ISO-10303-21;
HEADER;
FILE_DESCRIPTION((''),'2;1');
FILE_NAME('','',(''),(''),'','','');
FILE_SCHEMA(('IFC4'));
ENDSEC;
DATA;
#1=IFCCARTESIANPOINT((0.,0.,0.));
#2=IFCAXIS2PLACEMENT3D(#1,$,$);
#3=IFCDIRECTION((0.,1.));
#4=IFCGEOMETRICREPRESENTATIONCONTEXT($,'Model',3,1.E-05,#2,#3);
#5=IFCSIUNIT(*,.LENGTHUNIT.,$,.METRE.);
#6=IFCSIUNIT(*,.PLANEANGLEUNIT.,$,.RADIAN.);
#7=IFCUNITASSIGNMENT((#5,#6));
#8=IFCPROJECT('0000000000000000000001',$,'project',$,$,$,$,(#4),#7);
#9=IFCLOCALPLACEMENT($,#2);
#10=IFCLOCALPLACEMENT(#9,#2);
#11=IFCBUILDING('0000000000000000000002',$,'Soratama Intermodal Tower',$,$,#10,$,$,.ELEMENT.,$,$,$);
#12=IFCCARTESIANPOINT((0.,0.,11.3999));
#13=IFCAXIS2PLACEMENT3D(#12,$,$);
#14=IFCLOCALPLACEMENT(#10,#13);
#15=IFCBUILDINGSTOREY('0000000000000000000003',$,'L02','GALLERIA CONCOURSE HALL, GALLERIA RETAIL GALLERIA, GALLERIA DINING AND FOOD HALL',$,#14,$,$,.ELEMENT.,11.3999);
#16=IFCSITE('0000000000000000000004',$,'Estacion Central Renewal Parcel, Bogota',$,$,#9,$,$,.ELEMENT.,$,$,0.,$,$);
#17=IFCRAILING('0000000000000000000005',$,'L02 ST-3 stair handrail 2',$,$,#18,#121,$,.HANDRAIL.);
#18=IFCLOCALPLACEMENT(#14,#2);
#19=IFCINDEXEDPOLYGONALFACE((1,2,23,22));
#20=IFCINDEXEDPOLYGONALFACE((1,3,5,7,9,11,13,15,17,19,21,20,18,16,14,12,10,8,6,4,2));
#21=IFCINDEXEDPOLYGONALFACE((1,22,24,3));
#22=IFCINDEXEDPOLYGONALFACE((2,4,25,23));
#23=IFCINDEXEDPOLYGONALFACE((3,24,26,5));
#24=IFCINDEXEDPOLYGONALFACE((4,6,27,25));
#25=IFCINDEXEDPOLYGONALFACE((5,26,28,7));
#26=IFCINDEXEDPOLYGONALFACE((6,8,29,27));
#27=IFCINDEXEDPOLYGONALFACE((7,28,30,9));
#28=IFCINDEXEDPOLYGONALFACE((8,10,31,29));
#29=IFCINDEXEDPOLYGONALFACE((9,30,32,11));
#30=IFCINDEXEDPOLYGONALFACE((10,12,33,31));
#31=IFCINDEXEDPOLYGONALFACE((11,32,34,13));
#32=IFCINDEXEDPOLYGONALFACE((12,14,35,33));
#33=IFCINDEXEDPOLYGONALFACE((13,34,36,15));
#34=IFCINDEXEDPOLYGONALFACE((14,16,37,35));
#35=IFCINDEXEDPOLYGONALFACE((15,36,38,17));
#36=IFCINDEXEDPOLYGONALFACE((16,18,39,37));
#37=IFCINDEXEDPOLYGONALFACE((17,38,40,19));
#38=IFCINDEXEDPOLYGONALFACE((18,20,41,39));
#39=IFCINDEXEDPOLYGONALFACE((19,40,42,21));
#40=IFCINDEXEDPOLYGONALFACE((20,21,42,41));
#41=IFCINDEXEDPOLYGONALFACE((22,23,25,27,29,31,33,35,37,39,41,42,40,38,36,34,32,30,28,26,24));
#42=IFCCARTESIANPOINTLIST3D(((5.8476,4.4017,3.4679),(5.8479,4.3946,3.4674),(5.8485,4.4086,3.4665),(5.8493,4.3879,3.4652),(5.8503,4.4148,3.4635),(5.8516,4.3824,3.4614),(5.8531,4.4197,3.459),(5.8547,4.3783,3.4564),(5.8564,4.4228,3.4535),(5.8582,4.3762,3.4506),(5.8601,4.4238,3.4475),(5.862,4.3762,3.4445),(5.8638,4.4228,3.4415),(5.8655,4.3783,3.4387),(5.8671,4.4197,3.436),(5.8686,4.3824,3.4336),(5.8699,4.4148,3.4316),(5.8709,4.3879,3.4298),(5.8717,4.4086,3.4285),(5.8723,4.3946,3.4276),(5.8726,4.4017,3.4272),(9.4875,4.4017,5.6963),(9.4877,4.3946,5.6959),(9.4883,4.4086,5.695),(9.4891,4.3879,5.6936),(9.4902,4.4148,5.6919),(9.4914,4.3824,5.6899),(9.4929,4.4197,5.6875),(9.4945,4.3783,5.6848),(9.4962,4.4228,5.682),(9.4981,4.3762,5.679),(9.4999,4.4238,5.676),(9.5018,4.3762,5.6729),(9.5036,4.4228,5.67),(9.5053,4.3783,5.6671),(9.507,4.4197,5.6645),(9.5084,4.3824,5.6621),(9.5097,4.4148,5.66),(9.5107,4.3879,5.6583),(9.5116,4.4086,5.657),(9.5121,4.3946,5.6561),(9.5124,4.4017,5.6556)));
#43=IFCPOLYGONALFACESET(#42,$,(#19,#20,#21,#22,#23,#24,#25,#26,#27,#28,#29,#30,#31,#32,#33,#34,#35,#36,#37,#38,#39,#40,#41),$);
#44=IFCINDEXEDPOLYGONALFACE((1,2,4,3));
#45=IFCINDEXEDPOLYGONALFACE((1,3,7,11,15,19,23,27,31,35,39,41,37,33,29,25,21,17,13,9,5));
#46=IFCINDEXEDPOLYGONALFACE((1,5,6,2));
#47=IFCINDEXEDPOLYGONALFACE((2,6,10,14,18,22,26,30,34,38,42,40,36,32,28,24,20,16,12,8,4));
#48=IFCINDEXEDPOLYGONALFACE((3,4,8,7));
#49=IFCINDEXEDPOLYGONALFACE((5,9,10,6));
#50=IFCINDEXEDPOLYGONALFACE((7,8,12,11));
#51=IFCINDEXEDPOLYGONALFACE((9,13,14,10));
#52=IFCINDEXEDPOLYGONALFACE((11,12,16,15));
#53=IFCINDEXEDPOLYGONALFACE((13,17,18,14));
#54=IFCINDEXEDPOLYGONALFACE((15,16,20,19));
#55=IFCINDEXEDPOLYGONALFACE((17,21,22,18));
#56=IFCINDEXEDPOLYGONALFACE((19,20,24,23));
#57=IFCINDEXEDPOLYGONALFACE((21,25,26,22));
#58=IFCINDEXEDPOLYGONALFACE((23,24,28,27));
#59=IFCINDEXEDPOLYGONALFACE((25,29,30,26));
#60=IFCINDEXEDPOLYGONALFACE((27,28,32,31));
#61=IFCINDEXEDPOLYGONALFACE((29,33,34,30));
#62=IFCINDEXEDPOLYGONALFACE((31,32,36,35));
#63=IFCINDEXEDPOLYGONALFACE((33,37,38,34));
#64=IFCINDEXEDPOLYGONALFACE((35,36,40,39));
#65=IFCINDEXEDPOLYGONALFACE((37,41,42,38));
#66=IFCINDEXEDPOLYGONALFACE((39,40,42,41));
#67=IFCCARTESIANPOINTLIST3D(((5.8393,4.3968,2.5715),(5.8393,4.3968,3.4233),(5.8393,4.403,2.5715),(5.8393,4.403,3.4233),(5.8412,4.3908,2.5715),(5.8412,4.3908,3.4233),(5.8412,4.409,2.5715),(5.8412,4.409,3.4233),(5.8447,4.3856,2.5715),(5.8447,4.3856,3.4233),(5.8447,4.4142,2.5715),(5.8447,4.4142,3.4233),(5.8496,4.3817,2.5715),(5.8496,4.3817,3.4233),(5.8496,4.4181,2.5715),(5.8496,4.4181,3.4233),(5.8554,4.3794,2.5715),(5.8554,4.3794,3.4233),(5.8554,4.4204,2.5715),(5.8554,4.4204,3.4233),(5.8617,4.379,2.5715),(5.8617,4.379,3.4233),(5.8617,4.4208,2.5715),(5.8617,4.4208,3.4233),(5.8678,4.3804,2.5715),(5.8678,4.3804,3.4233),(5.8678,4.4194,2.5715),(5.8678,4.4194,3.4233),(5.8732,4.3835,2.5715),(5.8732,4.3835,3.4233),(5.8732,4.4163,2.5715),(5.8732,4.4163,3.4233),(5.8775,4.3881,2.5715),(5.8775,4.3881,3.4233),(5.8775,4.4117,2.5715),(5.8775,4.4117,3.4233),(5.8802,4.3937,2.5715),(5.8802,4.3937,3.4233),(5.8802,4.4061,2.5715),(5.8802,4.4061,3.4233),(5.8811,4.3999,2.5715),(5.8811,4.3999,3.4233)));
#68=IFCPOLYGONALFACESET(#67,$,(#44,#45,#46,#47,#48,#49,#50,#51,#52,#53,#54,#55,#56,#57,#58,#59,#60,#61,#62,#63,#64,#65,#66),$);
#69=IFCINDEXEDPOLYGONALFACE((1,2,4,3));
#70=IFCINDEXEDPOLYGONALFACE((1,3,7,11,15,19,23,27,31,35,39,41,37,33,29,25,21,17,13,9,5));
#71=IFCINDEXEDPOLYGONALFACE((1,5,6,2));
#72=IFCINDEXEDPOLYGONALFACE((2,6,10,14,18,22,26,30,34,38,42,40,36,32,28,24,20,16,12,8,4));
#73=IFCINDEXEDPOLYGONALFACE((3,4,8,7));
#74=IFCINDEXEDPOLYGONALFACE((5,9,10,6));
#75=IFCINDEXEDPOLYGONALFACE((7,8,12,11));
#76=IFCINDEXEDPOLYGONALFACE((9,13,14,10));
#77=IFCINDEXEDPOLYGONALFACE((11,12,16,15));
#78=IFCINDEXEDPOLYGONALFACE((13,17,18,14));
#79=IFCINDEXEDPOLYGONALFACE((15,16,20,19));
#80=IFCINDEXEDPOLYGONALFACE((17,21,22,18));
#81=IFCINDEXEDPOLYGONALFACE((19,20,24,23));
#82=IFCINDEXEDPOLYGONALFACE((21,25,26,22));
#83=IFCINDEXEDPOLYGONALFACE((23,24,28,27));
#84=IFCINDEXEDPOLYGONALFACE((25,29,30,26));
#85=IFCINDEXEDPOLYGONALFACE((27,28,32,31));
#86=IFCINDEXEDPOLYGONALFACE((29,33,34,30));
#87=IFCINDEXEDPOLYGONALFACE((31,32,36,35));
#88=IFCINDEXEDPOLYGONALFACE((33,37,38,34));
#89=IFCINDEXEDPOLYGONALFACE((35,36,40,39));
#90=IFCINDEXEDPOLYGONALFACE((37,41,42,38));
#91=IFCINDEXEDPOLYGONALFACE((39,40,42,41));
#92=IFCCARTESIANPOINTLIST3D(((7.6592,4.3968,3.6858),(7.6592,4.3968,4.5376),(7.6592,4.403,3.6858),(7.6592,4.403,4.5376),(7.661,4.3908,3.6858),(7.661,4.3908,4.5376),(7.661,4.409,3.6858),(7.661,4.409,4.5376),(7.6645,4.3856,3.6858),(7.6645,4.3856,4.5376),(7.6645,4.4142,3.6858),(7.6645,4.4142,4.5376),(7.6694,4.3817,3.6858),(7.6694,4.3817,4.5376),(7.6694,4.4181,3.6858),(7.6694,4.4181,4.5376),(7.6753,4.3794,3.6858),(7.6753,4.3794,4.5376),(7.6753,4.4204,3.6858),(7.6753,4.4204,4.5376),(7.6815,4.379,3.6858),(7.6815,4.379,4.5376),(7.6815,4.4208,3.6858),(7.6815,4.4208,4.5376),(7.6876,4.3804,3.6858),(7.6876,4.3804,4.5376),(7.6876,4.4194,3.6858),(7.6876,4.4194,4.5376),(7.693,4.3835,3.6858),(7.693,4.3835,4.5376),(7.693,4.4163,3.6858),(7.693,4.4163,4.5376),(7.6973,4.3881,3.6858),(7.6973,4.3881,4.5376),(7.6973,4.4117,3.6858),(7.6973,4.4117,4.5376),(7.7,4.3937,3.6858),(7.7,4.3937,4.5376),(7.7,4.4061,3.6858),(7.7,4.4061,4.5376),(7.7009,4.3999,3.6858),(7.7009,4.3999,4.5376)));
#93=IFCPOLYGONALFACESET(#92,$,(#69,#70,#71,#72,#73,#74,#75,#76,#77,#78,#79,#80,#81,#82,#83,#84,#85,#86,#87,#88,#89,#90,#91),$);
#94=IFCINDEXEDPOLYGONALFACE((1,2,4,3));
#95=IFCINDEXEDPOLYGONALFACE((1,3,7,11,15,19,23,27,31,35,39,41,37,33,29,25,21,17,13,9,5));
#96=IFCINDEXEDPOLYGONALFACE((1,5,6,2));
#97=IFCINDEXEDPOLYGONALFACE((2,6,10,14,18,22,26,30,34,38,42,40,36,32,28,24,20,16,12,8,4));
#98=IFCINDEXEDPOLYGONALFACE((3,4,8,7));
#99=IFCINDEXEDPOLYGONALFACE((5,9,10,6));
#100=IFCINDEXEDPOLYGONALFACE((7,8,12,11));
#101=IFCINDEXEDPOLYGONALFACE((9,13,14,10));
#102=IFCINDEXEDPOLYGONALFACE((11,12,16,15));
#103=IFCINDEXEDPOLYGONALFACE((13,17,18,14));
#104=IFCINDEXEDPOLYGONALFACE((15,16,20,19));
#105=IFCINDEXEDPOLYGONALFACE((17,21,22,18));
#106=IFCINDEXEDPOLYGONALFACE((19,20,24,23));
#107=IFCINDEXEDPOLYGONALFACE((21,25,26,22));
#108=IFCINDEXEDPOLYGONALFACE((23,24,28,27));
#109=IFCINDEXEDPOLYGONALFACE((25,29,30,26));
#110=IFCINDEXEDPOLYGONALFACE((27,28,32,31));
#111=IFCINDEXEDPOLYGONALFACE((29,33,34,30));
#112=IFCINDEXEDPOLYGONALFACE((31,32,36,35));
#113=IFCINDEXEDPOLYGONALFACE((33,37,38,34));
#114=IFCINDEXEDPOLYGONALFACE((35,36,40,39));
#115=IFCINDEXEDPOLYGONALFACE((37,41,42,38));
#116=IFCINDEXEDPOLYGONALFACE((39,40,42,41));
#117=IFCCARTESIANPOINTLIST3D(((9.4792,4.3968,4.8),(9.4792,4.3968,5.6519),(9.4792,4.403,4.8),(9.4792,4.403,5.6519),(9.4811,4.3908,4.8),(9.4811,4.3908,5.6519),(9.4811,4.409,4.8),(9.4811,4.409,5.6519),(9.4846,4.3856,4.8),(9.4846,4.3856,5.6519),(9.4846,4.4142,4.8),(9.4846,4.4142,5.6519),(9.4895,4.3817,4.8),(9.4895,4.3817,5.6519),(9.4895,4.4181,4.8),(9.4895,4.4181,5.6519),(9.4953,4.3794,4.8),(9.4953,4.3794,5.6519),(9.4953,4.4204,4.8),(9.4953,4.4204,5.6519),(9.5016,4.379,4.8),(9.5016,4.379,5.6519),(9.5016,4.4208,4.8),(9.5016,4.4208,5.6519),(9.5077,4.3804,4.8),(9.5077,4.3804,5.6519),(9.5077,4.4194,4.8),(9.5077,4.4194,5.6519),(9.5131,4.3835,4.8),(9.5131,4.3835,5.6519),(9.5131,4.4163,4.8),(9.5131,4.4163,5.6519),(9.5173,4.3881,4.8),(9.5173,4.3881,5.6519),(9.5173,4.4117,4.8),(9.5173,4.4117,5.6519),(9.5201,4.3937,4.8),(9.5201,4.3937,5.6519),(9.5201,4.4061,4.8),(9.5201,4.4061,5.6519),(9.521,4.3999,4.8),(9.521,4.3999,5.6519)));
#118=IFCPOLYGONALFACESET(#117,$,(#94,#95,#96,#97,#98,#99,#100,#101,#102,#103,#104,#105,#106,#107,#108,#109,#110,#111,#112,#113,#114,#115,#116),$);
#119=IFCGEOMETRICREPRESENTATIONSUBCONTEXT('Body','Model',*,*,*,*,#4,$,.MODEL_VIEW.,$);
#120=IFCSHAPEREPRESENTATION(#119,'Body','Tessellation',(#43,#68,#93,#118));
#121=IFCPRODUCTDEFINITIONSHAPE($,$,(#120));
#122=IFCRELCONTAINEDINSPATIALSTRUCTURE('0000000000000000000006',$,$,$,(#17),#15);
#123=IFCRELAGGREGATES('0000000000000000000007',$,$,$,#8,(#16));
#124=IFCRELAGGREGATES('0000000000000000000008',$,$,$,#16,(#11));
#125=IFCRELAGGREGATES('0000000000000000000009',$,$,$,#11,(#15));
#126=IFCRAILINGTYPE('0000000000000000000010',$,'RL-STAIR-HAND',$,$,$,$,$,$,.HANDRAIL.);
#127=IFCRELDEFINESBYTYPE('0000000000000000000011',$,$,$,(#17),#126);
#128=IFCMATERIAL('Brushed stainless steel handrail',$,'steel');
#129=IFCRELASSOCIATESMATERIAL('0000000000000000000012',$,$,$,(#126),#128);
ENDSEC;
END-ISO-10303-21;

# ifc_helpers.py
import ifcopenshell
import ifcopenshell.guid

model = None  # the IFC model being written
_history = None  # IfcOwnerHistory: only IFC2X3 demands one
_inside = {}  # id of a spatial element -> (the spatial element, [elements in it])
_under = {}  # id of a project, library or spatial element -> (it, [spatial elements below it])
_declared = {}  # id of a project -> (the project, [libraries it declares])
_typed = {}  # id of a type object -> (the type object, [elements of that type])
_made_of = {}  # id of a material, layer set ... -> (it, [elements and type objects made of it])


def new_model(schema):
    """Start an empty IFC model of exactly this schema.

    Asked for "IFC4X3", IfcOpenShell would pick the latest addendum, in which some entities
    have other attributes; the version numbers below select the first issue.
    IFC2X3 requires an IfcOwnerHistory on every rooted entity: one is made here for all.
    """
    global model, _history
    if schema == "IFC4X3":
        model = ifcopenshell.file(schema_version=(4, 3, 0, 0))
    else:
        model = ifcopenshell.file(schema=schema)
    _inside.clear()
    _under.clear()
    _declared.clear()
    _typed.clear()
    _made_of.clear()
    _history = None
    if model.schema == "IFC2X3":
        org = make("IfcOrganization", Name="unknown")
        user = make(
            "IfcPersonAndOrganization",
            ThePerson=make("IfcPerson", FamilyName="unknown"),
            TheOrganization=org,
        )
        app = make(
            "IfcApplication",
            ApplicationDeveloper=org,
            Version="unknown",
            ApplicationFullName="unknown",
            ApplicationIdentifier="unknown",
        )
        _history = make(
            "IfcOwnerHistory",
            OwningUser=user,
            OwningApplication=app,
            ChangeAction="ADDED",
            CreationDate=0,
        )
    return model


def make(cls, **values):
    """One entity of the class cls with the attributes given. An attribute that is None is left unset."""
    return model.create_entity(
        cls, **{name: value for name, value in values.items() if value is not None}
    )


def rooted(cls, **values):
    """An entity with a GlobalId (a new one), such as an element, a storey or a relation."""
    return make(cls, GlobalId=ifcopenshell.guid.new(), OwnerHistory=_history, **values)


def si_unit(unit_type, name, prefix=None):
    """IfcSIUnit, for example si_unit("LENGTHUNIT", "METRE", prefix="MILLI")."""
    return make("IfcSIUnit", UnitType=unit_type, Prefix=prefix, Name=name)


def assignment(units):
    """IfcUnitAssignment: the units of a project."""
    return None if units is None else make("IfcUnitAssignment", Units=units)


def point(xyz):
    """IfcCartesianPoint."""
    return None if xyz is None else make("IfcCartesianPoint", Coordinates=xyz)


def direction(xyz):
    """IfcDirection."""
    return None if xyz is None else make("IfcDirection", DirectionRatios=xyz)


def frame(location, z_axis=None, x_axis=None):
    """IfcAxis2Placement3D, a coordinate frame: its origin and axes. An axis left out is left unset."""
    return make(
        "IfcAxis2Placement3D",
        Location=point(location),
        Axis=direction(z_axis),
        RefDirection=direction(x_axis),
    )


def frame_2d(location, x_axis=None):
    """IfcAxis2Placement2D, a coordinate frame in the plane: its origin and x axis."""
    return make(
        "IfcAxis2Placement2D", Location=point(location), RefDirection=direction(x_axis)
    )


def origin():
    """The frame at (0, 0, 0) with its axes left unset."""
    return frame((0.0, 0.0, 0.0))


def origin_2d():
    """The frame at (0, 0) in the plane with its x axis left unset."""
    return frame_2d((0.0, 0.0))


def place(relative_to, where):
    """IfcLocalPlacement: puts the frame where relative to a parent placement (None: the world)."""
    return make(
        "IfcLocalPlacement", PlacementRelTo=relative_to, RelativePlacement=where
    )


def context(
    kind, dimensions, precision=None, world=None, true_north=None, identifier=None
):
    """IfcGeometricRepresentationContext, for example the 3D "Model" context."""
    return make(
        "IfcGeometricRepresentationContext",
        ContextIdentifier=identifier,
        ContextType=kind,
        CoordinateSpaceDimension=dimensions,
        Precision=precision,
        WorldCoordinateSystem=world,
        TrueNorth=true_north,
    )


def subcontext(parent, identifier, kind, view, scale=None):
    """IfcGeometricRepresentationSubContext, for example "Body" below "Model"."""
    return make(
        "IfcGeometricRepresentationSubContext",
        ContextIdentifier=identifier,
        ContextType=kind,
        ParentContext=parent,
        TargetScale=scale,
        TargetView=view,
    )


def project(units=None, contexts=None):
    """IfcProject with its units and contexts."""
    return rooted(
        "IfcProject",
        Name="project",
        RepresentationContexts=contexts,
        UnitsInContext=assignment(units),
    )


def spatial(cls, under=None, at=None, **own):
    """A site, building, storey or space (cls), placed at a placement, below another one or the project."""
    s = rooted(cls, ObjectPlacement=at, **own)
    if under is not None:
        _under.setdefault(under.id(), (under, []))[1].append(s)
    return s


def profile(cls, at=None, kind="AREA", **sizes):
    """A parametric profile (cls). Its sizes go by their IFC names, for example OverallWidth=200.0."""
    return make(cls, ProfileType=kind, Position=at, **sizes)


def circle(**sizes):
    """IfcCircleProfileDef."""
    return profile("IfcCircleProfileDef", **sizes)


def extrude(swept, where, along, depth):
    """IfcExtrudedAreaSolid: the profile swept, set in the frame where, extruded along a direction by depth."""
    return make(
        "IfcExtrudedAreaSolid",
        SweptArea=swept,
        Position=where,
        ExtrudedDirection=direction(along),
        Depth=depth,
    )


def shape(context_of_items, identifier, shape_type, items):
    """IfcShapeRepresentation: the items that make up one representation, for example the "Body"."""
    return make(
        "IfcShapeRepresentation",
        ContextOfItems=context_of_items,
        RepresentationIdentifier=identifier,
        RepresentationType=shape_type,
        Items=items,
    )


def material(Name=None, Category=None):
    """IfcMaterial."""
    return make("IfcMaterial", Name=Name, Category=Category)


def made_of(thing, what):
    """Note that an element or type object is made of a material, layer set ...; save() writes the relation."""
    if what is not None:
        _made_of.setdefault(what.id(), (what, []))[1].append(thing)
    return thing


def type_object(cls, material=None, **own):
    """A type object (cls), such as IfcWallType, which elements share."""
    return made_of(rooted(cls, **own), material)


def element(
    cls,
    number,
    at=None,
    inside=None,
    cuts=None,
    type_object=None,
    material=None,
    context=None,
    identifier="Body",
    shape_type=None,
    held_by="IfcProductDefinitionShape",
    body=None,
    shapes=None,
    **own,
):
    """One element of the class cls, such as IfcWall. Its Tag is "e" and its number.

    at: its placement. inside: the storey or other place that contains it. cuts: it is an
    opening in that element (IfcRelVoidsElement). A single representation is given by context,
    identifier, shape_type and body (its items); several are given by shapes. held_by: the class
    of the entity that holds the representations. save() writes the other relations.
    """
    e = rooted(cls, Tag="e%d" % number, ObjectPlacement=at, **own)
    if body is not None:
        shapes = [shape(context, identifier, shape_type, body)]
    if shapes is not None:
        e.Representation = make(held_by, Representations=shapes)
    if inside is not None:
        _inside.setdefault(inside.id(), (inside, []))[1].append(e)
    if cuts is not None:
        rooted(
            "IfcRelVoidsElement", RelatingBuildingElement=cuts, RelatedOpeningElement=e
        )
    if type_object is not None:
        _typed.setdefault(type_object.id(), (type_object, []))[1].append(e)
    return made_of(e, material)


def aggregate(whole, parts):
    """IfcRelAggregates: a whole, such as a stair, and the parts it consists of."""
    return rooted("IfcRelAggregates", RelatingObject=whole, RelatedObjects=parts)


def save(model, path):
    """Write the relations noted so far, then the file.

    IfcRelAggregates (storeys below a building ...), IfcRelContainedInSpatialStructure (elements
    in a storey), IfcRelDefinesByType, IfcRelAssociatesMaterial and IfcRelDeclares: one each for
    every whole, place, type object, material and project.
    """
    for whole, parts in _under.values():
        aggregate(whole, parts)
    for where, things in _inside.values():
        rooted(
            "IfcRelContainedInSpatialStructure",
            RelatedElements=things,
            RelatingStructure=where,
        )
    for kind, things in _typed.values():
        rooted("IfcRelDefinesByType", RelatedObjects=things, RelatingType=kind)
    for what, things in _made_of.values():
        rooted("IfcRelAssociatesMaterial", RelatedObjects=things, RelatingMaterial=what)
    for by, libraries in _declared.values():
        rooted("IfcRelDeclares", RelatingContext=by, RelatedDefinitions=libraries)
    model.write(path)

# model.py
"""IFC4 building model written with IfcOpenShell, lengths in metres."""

from ifc_helpers import new_model, si_unit, direction, frame, origin, origin_2d, place, context, subcontext, project, spatial, circle, extrude, material, type_object, element, save


model = new_model("IFC4")

# Units and contexts
model_context = context("Model", 3, precision=1e-05, world=origin(), true_north=direction((0.0, 1.0)))
body_context = subcontext(model_context, "Body", "Model", "MODEL_VIEW")
ifc_project = project(units=[si_unit("LENGTHUNIT", "METRE"), si_unit("PLANEANGLEUNIT", "RADIAN")], contexts=[model_context])

# Site, building, storey
site_placement = place(None, origin())
site = spatial("IfcSite", under=ifc_project, at=site_placement, Name="Estacion Central Renewal Parcel, Bogota", CompositionType="ELEMENT", RefElevation=0.0)
building_placement = place(site_placement, origin())
building = spatial("IfcBuilding", under=site, at=building_placement, Name="Soratama Intermodal Tower", CompositionType="ELEMENT")
storey_placement = place(building_placement, frame((0.0, 0.0, 11.3999)))
storey = spatial("IfcBuildingStorey", under=building, at=storey_placement, Name="L02", Description="GALLERIA CONCOURSE HALL, GALLERIA RETAIL GALLERIA, GALLERIA DINING AND FOOD HALL", CompositionType="ELEMENT", Elevation=11.3999)

# Railing
ifc_material_1 = material(Name="Brushed stainless steel handrail", Category="steel")
railing_type_1 = type_object("IfcRailingType", Name="RL-STAIR-HAND", PredefinedType="HANDRAIL", material=ifc_material_1)
railing_1_placement = place(storey_placement, frame((5.8601, 4.3999, 2.5715)))
element("IfcRailing", 1, at=railing_1_placement, inside=storey, type_object=railing_type_1, Name="L02 ST-3 stair handrail 2", PredefinedType="HANDRAIL", context=body_context, shape_type="SweptSolid", body=[
    extrude(circle(Radius=0.0239, at=origin_2d()), frame((0.0, 0.0, 0.876), z_axis=(0.85285, 0.0, 0.522156), x_axis=(0.0, 1.0, 0.0)), (0.0, 0.0, 1.0), 4.2678),
    extrude(circle(Radius=0.021, at=origin_2d()), origin(), (0.0, 0.0, 1.0), 0.8518),
    extrude(circle(Radius=0.021, at=origin_2d()), frame((1.8198, 0.0, 1.1143)), (0.0, 0.0, 1.0), 0.8518),
    extrude(circle(Radius=0.021, at=origin_2d()), frame((3.6399, 0.0, 2.2285)), (0.0, 0.0, 1.0), 0.8518),
])

save(model, "model.ifc")
